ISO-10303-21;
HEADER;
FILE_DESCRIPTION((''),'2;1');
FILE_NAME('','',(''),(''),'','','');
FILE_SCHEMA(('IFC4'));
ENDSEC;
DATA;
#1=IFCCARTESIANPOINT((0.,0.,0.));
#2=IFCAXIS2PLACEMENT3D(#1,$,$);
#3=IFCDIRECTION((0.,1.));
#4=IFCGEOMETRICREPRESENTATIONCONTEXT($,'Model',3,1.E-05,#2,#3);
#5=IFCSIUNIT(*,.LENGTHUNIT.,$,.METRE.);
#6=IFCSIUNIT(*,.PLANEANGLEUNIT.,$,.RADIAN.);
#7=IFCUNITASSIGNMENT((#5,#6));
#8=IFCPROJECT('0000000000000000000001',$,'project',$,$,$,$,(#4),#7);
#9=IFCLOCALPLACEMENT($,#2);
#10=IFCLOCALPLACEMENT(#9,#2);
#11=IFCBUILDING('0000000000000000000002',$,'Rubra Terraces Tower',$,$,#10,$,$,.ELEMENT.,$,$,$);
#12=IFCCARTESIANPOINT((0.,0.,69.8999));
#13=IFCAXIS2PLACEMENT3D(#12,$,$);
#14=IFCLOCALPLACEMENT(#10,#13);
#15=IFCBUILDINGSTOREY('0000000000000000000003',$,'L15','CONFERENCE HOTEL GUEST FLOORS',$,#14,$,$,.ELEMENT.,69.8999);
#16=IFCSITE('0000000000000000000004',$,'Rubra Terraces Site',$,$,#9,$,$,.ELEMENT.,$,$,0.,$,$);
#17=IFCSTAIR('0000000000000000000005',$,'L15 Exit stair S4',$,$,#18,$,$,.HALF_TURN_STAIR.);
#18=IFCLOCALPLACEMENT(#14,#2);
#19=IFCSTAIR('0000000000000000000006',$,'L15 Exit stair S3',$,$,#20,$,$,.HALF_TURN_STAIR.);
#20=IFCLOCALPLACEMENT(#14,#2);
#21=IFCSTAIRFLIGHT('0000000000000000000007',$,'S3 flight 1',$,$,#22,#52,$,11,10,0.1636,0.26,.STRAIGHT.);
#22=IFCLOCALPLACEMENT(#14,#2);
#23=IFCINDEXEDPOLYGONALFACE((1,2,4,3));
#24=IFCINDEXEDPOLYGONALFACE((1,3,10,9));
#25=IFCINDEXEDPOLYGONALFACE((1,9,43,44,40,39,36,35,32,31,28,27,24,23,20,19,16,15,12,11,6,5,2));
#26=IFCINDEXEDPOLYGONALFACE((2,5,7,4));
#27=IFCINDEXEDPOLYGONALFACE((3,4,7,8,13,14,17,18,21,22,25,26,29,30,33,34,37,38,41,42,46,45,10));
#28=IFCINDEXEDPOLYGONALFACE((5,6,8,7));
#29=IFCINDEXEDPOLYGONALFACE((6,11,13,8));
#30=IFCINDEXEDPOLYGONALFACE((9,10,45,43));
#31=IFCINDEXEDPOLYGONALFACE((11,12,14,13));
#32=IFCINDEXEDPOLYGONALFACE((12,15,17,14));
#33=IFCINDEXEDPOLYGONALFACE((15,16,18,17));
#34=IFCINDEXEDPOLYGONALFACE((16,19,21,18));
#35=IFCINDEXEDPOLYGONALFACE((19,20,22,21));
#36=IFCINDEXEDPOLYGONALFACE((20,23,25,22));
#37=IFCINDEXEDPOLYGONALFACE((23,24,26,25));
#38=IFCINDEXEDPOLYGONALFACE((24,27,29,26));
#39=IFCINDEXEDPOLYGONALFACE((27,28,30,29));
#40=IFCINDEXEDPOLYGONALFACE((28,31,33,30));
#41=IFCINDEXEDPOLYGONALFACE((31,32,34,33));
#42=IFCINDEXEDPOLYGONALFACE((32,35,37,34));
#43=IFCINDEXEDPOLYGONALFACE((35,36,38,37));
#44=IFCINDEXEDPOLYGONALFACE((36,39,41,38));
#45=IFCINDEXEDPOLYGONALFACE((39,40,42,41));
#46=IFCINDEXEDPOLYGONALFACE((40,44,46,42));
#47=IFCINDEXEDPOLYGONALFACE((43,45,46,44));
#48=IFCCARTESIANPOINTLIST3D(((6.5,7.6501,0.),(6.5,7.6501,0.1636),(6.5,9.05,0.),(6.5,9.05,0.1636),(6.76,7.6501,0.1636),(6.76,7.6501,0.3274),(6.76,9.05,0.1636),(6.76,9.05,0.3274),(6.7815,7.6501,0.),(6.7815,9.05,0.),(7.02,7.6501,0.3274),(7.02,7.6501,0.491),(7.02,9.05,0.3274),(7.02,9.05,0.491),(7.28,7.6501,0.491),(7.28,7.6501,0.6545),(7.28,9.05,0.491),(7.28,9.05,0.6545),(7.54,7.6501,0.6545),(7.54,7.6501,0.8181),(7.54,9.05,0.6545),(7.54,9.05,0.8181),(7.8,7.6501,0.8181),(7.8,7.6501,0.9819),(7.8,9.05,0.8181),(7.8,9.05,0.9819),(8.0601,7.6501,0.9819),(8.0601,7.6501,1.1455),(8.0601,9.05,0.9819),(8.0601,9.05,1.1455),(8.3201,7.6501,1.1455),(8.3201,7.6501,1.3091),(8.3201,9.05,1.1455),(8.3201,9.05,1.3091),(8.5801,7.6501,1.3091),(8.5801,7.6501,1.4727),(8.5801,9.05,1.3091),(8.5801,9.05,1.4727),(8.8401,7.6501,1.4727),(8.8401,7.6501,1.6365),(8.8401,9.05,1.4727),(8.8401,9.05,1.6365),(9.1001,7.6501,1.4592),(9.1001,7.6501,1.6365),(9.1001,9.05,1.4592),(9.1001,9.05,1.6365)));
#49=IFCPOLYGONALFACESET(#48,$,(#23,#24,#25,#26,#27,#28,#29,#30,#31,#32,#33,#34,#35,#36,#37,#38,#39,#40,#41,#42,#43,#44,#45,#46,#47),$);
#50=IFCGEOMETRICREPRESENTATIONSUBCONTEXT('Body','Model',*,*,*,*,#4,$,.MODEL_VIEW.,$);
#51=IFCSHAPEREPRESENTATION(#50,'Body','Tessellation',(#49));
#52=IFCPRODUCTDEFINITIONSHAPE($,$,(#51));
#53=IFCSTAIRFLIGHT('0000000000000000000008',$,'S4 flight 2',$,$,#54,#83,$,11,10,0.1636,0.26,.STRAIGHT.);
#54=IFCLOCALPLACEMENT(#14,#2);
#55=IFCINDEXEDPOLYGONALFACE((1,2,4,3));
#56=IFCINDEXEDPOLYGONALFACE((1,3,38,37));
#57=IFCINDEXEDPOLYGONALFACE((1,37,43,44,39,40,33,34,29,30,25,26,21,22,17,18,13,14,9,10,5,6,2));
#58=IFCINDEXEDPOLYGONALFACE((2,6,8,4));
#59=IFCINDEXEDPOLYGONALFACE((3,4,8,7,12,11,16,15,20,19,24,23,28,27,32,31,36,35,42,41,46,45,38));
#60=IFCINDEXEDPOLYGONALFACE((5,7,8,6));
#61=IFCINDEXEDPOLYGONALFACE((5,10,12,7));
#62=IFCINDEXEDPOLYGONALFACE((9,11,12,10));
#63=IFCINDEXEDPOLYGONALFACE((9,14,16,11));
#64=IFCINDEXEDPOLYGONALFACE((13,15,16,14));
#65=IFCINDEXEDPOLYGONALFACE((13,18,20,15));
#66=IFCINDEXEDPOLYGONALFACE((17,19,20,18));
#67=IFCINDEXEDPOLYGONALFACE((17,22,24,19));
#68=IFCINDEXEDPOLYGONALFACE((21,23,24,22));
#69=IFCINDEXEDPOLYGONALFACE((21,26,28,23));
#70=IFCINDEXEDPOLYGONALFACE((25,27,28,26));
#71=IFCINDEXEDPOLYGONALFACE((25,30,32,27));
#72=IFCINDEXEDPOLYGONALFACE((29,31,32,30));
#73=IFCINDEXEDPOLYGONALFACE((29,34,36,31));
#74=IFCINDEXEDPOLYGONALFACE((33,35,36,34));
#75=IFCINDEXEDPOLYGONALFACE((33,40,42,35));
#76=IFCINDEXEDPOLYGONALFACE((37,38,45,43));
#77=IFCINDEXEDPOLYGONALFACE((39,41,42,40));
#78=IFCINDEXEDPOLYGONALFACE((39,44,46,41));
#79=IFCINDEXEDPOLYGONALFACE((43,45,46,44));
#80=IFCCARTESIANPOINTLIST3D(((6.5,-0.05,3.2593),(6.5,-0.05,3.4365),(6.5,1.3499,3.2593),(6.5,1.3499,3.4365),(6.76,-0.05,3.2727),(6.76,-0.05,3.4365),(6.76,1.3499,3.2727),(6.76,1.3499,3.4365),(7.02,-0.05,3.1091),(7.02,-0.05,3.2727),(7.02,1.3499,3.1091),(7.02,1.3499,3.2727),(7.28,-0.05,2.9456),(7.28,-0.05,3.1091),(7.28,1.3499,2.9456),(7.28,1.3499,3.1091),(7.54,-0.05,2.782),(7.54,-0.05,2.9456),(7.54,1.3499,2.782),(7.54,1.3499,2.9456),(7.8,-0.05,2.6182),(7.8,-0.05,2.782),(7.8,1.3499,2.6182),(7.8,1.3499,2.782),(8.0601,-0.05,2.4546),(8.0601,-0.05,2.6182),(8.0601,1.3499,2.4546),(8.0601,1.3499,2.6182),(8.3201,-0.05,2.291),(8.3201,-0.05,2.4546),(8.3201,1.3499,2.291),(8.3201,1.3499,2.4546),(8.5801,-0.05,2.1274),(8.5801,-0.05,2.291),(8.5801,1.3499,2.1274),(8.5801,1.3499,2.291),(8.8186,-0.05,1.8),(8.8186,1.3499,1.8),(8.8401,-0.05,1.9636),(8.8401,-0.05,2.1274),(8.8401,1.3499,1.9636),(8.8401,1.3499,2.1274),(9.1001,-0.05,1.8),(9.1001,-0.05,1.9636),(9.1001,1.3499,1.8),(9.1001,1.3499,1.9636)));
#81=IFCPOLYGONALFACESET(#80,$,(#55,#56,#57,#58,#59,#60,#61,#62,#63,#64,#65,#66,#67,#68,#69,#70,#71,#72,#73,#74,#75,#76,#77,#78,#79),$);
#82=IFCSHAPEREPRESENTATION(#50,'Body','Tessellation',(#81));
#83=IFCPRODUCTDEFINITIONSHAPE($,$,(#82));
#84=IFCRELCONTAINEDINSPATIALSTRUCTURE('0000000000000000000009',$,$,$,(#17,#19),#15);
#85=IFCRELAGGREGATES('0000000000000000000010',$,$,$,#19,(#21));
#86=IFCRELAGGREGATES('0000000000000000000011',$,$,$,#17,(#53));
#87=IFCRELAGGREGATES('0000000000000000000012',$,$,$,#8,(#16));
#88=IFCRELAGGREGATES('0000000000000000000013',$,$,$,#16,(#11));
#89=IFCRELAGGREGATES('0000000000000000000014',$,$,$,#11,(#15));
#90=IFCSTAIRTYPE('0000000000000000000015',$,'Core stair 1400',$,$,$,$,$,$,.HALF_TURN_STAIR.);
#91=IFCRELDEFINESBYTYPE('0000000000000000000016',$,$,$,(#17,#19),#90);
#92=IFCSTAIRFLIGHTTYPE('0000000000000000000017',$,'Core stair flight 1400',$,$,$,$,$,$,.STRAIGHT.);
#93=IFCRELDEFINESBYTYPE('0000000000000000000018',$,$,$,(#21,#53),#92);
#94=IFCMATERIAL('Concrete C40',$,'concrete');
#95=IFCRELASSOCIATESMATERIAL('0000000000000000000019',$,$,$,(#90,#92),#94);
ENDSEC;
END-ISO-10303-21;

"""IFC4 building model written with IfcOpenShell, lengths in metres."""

from ifc_helpers import new_model, si_unit, direction, frame, origin, place, context, subcontext, project, spatial, polyline, outline, extrude, material, type_object, element, aggregate, save


model = new_model("IFC4")

# Units and contexts
model_context = context("Model", 3, precision=1e-05, world=origin(), true_north=direction((0.0, 1.0)))
body_context = subcontext(model_context, "Body", "Model", "MODEL_VIEW")
ifc_project = project(units=[si_unit("LENGTHUNIT", "METRE"), si_unit("PLANEANGLEUNIT", "RADIAN")], contexts=[model_context])

# Site, building, storey
site_placement = place(None, origin())
site = spatial("IfcSite", under=ifc_project, at=site_placement, Name="Rubra Terraces Site", CompositionType="ELEMENT", RefElevation=0.0)
building_placement = place(site_placement, origin())
building = spatial("IfcBuilding", under=site, at=building_placement, Name="Rubra Terraces Tower", CompositionType="ELEMENT")
storey_placement = place(building_placement, frame((0.0, 0.0, 69.8999)))
storey = spatial("IfcBuildingStorey", under=building, at=storey_placement, Name="L15", Description="CONFERENCE HOTEL GUEST FLOORS", CompositionType="ELEMENT", Elevation=69.8999)

# Stair
ifc_material_1 = material(Name="Concrete C40", Category="concrete")
stair_type = type_object("IfcStairType", Name="Core stair 1400", PredefinedType="HALF_TURN_STAIR", material=ifc_material_1)
stair_1_placement = place(storey_placement, origin())
stair_1 = element("IfcStair", 1, at=stair_1_placement, inside=storey, type_object=stair_type, Name="L15 Exit stair S4", PredefinedType="HALF_TURN_STAIR")

# Stair, stair flight
stair_2_placement = place(storey_placement, origin())
stair_2 = element("IfcStair", 2, at=stair_2_placement, inside=storey, type_object=stair_type, Name="L15 Exit stair S3", PredefinedType="HALF_TURN_STAIR")
stair_flight_type = type_object("IfcStairFlightType", Name="Core stair flight 1400", PredefinedType="STRAIGHT", material=ifc_material_1)
stair_flight_1_placement = place(storey_placement, frame((6.5, 8.3501, 0.0), z_axis=(0.0, 0.0, 1.0), x_axis=(1.0, 0.0, 0.0)))
stair_flight_1 = element("IfcStairFlight", 3, at=stair_flight_1_placement, type_object=stair_flight_type, Name="S3 flight 1", NumberOfRisers=11, NumberOfTreads=10, PredefinedType="STRAIGHT", RiserHeight=0.1636, TreadLength=0.26, context=body_context, shape_type="SweptSolid", body=[
    extrude(outline(polyline([(0.0, 0.0), (0.0, 0.1636), (0.26, 0.1636), (0.26, 0.3274), (0.52, 0.3274), (0.52, 0.491), (0.78, 0.491), (0.78, 0.6545), (1.04, 0.6545), (1.04, 0.8181), (1.3, 0.8181), (1.3, 0.9819), (1.5601, 0.9819), (1.5601, 1.1455), (1.8201, 1.1455), (1.8201, 1.3091), (2.0801, 1.3091), (2.0801, 1.4727), (2.3401, 1.4727), (2.3401, 1.6365), (2.6001, 1.6365), (2.6001, 1.8), (2.6001, 1.4592), (0.2815, 0.0), (0.0, 0.0)])), frame((0.0, 0.7, 0.0), z_axis=(0.0, -1.0, 0.0), x_axis=(1.0, 0.0, 0.0)), (0.0, 0.0, 1.0), 1.3999),
])
aggregate(stair_2, [stair_flight_1])

# Stair flight
stair_flight_2_placement = place(storey_placement, frame((9.1001, 0.6499, 1.8), z_axis=(0.0, 0.0, 1.0), x_axis=(-1.0, 0.0, 0.0)))
stair_flight_2 = element("IfcStairFlight", 4, at=stair_flight_2_placement, type_object=stair_flight_type, Name="S4 flight 2", NumberOfRisers=11, NumberOfTreads=10, PredefinedType="STRAIGHT", RiserHeight=0.1636, TreadLength=0.26, context=body_context, shape_type="SweptSolid", body=[
    extrude(outline(polyline([(0.0, 0.0), (0.0, 0.1636), (0.26, 0.1636), (0.26, 0.3274), (0.52, 0.3274), (0.52, 0.491), (0.78, 0.491), (0.78, 0.6545), (1.04, 0.6545), (1.04, 0.8181), (1.3, 0.8181), (1.3, 0.9819), (1.5601, 0.9819), (1.5601, 1.1455), (1.8201, 1.1455), (1.8201, 1.3091), (2.0801, 1.3091), (2.0801, 1.4727), (2.3401, 1.4727), (2.3401, 1.6365), (2.6001, 1.6365), (2.6001, 1.8), (2.6001, 1.4592), (0.2815, 0.0), (0.0, 0.0)])), frame((0.0, 0.7, 0.0), z_axis=(0.0, -1.0, 0.0), x_axis=(1.0, 0.0, 0.0)), (0.0, 0.0, 1.0), 1.3999),
])
aggregate(stair_1, [stair_flight_2])

save(model, "model.ifc")
